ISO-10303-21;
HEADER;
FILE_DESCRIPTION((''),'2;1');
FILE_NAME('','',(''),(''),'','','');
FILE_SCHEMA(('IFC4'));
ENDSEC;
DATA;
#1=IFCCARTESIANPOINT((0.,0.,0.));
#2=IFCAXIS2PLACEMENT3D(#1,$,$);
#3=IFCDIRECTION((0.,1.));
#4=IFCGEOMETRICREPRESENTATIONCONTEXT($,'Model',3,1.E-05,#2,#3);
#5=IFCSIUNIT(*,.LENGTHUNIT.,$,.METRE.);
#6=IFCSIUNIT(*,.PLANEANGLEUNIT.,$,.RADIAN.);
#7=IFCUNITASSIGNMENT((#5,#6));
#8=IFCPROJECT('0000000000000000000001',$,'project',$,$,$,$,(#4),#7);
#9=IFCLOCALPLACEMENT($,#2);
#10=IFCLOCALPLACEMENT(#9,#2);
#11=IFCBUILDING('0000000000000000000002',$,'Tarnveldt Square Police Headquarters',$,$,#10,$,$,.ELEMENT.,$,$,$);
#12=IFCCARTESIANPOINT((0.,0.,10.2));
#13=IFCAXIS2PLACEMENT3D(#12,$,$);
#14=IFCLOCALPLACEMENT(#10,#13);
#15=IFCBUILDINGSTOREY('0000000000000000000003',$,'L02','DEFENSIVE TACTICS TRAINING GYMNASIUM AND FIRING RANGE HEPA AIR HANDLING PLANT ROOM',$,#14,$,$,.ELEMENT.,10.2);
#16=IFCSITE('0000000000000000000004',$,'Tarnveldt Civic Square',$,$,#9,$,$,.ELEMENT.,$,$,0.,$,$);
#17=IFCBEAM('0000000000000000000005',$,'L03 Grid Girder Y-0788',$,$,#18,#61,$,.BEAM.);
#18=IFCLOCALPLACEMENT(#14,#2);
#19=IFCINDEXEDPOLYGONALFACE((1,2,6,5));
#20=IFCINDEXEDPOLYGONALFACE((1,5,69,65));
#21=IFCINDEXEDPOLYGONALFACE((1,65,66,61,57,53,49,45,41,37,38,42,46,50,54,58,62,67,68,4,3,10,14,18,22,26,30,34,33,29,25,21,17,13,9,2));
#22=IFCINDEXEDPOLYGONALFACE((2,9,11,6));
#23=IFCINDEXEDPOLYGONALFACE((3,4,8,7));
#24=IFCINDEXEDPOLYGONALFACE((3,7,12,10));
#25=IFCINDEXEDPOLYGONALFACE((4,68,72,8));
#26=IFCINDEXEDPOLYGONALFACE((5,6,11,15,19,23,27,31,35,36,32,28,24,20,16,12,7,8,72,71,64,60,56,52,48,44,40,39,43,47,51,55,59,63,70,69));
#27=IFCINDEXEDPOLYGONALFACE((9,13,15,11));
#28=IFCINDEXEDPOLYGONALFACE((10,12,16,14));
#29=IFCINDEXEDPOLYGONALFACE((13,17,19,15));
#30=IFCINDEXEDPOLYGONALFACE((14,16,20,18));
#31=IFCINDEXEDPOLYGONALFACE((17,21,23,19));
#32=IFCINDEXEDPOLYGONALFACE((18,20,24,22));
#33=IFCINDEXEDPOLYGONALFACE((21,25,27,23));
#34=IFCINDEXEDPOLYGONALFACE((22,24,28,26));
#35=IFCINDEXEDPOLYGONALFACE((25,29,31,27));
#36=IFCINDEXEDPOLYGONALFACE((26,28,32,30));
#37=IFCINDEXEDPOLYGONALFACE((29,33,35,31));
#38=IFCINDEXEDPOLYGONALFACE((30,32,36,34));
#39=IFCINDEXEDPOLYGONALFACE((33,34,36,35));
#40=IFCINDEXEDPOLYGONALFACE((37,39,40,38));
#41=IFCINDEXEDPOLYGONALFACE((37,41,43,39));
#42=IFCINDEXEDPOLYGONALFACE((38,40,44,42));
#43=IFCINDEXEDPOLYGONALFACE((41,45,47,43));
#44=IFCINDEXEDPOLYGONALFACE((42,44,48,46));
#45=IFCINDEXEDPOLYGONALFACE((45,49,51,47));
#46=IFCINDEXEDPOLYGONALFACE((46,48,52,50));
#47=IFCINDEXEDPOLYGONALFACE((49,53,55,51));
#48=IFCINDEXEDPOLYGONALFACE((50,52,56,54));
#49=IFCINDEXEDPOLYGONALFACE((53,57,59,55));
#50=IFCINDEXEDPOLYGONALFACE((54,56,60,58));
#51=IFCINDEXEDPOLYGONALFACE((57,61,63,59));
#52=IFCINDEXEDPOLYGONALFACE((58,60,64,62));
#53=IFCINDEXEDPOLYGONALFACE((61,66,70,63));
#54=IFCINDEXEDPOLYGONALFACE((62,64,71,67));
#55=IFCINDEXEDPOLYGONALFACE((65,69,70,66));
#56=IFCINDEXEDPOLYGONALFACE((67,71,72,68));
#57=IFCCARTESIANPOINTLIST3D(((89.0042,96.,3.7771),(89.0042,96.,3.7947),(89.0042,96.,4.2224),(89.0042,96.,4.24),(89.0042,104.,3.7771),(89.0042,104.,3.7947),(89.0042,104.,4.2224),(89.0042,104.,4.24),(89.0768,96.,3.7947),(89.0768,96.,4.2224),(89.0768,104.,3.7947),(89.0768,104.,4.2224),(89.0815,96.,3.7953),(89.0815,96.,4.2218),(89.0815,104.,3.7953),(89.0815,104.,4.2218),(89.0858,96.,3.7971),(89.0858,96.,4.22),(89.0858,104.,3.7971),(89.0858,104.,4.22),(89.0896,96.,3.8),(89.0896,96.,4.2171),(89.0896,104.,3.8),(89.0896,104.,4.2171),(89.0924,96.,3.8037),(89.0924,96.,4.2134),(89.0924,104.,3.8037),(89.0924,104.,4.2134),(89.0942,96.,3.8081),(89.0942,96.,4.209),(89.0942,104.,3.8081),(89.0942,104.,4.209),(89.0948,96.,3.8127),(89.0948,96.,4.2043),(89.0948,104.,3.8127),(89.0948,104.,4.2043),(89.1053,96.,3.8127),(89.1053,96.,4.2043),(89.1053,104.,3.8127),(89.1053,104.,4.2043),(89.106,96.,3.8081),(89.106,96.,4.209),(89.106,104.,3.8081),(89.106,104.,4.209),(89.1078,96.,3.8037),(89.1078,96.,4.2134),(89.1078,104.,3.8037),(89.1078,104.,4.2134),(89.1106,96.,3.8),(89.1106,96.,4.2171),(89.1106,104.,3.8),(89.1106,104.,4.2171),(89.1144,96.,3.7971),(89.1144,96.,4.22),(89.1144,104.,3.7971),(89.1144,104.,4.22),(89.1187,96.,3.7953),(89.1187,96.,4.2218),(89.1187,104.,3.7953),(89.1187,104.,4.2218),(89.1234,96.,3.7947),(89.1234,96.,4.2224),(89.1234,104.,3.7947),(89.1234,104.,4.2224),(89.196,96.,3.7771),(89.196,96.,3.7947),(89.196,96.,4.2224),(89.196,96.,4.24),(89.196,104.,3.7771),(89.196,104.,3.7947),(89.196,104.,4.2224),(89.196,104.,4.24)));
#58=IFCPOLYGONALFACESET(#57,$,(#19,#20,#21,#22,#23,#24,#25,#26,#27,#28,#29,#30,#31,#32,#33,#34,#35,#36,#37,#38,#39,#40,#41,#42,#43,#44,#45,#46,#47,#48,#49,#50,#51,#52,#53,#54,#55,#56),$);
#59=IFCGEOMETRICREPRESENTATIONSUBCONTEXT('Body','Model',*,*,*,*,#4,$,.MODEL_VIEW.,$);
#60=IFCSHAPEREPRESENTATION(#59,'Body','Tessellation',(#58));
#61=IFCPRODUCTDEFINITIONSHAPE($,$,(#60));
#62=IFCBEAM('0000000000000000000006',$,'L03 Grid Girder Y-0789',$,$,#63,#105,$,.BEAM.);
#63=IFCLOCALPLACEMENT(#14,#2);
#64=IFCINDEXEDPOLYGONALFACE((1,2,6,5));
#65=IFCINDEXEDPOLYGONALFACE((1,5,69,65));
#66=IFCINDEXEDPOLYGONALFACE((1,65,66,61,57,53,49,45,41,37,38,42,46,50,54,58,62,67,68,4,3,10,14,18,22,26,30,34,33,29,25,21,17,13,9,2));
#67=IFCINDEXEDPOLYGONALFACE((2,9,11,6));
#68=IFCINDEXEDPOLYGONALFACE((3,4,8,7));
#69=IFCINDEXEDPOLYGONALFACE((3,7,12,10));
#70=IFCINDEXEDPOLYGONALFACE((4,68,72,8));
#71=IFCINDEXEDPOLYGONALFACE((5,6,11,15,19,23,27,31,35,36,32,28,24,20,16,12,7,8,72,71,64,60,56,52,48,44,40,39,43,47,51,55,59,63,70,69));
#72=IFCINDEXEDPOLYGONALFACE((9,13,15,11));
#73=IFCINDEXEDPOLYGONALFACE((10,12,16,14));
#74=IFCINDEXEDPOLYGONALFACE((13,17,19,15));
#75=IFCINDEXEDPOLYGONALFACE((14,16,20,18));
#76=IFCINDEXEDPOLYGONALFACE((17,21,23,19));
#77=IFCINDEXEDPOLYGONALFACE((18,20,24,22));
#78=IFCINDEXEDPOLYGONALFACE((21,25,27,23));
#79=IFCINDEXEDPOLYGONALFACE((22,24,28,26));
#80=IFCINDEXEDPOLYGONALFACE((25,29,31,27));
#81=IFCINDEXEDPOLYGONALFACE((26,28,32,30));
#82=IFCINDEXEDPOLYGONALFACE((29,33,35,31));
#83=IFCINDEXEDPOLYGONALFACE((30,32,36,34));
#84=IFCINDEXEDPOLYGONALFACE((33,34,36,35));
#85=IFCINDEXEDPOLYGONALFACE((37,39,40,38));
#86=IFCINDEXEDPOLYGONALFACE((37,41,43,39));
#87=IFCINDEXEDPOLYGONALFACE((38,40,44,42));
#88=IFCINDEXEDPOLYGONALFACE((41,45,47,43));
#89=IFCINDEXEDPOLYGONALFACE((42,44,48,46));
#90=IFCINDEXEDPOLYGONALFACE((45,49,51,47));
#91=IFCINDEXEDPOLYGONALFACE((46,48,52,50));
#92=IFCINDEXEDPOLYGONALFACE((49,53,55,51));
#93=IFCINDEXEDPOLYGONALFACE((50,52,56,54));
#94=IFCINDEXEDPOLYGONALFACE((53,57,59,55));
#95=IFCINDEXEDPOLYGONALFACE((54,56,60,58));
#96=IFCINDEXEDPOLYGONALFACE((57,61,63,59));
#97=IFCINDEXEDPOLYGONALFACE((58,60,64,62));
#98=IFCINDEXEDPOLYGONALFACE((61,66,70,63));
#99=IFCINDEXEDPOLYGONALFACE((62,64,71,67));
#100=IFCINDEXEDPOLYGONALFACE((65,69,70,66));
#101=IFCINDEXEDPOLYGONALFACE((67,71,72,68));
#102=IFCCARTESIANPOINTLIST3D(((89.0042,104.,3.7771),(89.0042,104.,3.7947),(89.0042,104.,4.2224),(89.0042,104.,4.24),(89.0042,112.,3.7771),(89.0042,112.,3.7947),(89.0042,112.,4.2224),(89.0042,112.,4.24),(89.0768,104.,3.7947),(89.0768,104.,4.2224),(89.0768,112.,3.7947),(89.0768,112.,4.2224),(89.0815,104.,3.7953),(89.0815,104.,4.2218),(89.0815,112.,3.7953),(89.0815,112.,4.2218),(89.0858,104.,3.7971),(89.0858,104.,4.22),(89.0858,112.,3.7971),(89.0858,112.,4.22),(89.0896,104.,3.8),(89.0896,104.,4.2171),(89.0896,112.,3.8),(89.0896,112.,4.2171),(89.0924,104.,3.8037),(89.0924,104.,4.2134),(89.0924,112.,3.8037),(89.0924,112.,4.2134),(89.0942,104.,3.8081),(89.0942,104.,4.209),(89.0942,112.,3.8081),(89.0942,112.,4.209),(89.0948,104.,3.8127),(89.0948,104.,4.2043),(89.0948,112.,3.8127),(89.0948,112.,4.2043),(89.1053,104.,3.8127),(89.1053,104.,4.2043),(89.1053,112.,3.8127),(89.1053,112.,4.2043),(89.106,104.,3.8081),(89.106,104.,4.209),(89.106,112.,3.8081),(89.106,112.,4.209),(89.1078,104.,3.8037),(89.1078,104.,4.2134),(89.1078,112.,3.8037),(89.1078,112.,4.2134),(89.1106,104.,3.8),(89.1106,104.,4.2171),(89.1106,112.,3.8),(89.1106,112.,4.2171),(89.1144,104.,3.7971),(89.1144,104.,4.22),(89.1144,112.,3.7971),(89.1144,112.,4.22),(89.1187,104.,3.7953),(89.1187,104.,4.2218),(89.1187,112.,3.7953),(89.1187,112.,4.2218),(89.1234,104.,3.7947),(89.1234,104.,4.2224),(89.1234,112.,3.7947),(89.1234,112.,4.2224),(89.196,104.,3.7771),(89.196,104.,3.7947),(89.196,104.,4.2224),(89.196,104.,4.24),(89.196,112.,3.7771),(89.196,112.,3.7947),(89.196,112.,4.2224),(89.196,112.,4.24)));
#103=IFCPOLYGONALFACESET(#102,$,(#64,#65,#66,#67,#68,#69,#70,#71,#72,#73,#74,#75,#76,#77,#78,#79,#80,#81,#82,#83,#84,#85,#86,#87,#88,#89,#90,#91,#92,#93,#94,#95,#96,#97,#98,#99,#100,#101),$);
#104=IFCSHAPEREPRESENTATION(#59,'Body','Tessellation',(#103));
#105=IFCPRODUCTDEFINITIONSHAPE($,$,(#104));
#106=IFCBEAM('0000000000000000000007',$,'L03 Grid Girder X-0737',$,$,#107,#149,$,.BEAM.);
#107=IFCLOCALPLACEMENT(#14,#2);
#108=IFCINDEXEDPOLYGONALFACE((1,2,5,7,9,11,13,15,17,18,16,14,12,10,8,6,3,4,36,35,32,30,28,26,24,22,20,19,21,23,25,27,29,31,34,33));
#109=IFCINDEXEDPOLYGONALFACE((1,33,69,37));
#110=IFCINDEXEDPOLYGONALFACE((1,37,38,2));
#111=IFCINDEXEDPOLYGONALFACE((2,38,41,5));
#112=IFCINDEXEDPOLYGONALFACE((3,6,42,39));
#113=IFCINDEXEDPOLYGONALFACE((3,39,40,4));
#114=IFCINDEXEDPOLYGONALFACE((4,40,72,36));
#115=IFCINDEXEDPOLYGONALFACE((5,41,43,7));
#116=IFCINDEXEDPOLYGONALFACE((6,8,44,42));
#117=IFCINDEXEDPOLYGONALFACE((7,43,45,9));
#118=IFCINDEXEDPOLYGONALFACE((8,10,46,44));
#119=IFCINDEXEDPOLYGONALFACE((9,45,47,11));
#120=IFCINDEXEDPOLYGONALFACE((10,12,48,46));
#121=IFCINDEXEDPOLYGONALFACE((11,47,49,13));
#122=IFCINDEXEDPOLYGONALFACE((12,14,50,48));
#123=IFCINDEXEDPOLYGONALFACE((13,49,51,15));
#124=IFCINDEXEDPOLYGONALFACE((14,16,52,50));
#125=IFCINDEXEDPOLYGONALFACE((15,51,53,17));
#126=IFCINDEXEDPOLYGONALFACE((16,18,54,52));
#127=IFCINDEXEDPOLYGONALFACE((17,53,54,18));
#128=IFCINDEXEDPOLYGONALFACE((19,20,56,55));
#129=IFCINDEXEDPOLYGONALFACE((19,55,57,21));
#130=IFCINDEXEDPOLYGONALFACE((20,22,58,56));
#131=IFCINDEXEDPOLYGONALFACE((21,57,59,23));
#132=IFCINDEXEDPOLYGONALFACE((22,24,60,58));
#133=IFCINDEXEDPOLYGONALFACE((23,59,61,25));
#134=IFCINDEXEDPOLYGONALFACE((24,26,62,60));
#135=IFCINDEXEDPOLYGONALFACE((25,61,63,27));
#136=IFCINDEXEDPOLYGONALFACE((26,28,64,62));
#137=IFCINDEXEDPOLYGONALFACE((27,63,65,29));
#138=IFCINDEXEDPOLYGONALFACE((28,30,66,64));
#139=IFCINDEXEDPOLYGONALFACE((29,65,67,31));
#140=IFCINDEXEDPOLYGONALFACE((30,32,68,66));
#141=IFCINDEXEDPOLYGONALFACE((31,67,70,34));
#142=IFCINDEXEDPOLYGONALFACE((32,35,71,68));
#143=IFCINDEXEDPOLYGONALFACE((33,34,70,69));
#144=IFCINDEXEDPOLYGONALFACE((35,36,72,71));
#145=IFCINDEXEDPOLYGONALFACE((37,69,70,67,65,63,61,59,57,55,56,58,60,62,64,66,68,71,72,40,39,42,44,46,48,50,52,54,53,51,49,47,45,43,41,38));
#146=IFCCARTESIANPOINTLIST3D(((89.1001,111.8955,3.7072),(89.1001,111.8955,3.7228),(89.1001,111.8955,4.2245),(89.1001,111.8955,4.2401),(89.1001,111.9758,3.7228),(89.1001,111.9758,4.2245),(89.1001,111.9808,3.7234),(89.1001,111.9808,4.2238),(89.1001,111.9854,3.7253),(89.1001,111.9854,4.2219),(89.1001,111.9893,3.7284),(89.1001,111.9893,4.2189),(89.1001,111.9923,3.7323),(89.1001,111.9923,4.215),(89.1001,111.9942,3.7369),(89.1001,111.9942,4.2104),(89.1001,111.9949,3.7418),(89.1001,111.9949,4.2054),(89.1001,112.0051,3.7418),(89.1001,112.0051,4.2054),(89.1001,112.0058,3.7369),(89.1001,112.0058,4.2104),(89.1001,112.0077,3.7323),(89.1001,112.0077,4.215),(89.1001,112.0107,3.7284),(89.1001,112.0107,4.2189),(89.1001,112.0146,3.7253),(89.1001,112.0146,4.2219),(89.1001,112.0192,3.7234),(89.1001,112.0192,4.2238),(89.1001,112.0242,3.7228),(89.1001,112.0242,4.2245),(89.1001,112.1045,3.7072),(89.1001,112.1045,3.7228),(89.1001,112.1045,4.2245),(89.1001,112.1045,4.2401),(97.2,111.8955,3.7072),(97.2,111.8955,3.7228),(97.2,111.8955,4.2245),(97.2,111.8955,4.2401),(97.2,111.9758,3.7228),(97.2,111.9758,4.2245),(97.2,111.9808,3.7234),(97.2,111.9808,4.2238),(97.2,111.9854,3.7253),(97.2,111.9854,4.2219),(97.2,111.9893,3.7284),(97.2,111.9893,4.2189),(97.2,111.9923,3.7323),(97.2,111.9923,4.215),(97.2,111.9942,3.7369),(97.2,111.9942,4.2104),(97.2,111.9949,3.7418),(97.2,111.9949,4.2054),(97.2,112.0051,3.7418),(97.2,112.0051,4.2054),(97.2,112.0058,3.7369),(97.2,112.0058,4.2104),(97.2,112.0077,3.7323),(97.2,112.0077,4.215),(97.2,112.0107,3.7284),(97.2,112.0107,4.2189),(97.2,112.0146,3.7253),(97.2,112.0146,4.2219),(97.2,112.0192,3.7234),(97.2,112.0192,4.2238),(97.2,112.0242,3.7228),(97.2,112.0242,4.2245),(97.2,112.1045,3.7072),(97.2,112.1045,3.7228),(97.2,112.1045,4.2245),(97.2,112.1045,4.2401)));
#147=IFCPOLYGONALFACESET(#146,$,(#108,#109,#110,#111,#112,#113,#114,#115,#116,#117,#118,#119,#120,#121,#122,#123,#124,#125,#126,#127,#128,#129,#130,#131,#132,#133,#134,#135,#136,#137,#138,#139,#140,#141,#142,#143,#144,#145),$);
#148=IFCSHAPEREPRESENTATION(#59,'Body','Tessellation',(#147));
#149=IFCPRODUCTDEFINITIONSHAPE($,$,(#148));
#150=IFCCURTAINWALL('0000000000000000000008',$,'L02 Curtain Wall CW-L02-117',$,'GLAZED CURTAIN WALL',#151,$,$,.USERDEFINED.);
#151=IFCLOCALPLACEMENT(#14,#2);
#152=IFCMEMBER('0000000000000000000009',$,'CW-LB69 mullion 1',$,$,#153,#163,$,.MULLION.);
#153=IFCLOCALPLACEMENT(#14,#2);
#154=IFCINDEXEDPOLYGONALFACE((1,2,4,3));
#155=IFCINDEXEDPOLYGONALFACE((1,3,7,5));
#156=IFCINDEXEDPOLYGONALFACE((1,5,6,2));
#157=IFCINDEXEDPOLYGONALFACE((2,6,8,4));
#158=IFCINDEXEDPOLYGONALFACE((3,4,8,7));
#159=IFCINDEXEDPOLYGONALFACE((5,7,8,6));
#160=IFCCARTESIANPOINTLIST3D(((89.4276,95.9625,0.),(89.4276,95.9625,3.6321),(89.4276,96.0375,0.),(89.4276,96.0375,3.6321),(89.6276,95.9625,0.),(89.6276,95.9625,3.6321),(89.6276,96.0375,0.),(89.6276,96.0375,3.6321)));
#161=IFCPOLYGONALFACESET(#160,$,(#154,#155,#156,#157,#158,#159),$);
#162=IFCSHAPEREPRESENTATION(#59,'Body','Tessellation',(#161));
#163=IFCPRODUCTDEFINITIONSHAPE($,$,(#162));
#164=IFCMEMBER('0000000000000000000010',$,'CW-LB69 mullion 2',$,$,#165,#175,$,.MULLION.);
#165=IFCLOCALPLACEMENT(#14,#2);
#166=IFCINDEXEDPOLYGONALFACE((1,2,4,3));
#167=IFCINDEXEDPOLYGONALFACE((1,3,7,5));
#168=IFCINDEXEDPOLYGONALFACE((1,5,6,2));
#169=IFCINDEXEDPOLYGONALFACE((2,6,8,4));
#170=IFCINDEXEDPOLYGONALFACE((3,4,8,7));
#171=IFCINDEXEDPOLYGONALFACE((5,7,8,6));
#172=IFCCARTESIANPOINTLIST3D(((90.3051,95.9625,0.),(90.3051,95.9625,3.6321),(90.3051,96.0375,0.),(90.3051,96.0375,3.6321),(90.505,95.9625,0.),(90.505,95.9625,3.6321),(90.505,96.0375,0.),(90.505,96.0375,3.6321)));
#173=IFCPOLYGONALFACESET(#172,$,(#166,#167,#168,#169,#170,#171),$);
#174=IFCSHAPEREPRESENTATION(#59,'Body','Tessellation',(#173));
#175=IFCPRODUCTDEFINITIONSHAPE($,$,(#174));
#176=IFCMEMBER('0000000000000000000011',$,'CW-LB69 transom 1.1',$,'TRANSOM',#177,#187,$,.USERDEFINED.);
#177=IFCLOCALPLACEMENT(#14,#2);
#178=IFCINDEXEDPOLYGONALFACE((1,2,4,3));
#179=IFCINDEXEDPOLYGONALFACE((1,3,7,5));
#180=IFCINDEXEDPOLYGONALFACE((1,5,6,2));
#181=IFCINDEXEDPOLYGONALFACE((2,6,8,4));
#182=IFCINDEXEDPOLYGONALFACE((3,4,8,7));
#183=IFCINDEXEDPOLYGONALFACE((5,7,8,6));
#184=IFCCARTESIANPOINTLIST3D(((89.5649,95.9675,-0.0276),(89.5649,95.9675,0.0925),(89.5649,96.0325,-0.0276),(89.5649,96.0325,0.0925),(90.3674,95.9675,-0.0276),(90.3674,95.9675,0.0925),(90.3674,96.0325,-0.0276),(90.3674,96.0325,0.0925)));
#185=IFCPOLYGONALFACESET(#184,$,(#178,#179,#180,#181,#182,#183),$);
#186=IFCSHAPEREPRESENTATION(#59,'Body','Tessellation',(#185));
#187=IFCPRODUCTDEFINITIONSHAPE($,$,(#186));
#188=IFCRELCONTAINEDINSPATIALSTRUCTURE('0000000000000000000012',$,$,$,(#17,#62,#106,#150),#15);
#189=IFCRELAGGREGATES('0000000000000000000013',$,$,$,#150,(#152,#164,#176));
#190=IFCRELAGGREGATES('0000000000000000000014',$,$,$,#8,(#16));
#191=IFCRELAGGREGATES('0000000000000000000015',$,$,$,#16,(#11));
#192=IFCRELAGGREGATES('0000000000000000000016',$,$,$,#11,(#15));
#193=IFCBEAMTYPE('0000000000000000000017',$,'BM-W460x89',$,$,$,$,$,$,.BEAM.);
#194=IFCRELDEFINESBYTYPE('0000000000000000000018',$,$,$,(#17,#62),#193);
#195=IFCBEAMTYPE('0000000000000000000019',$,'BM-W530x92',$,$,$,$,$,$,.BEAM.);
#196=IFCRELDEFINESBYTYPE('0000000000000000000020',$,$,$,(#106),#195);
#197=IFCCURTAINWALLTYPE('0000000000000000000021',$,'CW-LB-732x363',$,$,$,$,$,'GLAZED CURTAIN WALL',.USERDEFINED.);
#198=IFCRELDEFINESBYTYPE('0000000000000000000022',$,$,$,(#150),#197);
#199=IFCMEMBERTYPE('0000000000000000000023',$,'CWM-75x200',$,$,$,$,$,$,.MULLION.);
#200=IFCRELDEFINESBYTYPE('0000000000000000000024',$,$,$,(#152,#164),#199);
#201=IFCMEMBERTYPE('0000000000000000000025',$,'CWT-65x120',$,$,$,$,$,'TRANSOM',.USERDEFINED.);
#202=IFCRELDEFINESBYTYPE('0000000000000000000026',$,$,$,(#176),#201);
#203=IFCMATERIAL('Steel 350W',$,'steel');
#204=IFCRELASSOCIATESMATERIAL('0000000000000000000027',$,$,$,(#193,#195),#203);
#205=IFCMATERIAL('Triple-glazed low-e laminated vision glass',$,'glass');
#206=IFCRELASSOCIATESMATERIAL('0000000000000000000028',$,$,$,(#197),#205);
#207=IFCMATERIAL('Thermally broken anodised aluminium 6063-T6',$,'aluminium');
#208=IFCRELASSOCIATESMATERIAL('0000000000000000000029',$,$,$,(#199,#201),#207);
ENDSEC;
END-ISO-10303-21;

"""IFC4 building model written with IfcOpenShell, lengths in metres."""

from ifc_helpers import new_model, si_unit, direction, frame, origin, origin_2d, place, context, subcontext, project, spatial, rectangle, i_section, extrude, material, material_profile, profile_set, type_object, element, aggregate, save


model = new_model("IFC4")

# Units and contexts
model_context = context("Model", 3, precision=1e-05, world=origin(), true_north=direction((0.0, 1.0)))
body_context = subcontext(model_context, "Body", "Model", "MODEL_VIEW")
ifc_project = project(units=[si_unit("LENGTHUNIT", "METRE"), si_unit("PLANEANGLEUNIT", "RADIAN")], contexts=[model_context])

# Site, building, storey
site_placement = place(None, origin())
site = spatial("IfcSite", under=ifc_project, at=site_placement, Name="Tarnveldt Civic Square", CompositionType="ELEMENT", RefElevation=0.0)
building_placement = place(site_placement, origin())
building = spatial("IfcBuilding", under=site, at=building_placement, Name="Tarnveldt Square Police Headquarters", CompositionType="ELEMENT")
storey_placement = place(building_placement, frame((0.0, 0.0, 10.2)))
storey = spatial("IfcBuildingStorey", under=building, at=storey_placement, Name="L02", Description="DEFENSIVE TACTICS TRAINING GYMNASIUM AND FIRING RANGE HEPA AIR HANDLING PLANT ROOM", CompositionType="ELEMENT", Elevation=10.2)

# Beams
ifc_material_1 = material(Name="Steel 350W", Category="steel")
ifc_material_profile_1 = material_profile(ifc_material_1, i_section(OverallWidth=0.1919, OverallDepth=0.4629, WebThickness=0.0105, FlangeThickness=0.0176, FilletRadius=0.0181, at=origin_2d()), Name="W460x89")
ifc_profile_set_1 = profile_set([ifc_material_profile_1], Name="Steel 350W")
beam_type_1 = type_object("IfcBeamType", Name="BM-W460x89", PredefinedType="BEAM", material=ifc_profile_set_1)
for number, where, z_axis, x_axis, name in (
    (1, (89.1001, 96.0, 4.0085), (0.0, 1.0, 0.0), (-1.0, 0.0, 0.0), "L03 Grid Girder Y-0788"),
    (2, (89.1001, 104.0, 4.0085), (0.0, 1.0, 0.0), (-1.0, 0.0, 0.0), "L03 Grid Girder Y-0789"),
):
    element("IfcBeam", number, at=place(storey_placement, frame(where, z_axis=z_axis, x_axis=x_axis)), inside=storey, type_object=beam_type_1, Name=name, PredefinedType="BEAM", context=body_context, shape_type="SweptSolid", body=[
        extrude(i_section(OverallWidth=0.1919, OverallDepth=0.4629, WebThickness=0.0105, FlangeThickness=0.0176, FilletRadius=0.0181, at=origin_2d()), origin(), (0.0, 0.0, 1.0), 8.0),
    ])
ifc_material_profile_2 = material_profile(ifc_material_1, i_section(OverallWidth=0.209, OverallDepth=0.533, WebThickness=0.0103, FlangeThickness=0.0156, FilletRadius=0.019, at=origin_2d()), Name="W530x92")
ifc_profile_set_2 = profile_set([ifc_material_profile_2], Name="Steel 350W")
beam_type_2 = type_object("IfcBeamType", Name="BM-W530x92", PredefinedType="BEAM", material=ifc_profile_set_2)
beam_1_placement = place(storey_placement, frame((89.1001, 112.0, 3.9736), z_axis=(1.0, 0.0, 0.0), x_axis=(0.0, 1.0, 0.0)))
element("IfcBeam", 3, at=beam_1_placement, inside=storey, type_object=beam_type_2, Name="L03 Grid Girder X-0737", PredefinedType="BEAM", context=body_context, shape_type="SweptSolid", body=[
    extrude(i_section(OverallWidth=0.209, OverallDepth=0.533, WebThickness=0.0103, FlangeThickness=0.0156, FilletRadius=0.019, at=origin_2d()), origin(), (0.0, 0.0, 1.0), 8.0999),
])

# Curtain wall, members
ifc_material_2 = material(Name="Triple-glazed low-e laminated vision glass", Category="glass")
curtain_wall_type = type_object("IfcCurtainWallType", Name="CW-LB-732x363", ElementType="GLAZED CURTAIN WALL", PredefinedType="USERDEFINED", material=ifc_material_2)
curtain_wall_placement = place(storey_placement, origin())
curtain_wall = element("IfcCurtainWall", 4, at=curtain_wall_placement, inside=storey, type_object=curtain_wall_type, Name="L02 Curtain Wall CW-L02-117", ObjectType="GLAZED CURTAIN WALL", PredefinedType="USERDEFINED")
ifc_material_3 = material(Name="Thermally broken anodised aluminium 6063-T6", Category="aluminium")
ifc_material_profile_3 = material_profile(ifc_material_3, rectangle(XDim=0.075, YDim=0.2, at=origin_2d()), Name="CW-M75x200")
ifc_profile_set_3 = profile_set([ifc_material_profile_3], Name="Thermally broken anodised aluminium 6063-T6")
member_type_1 = type_object("IfcMemberType", Name="CWM-75x200", PredefinedType="MULLION", material=ifc_profile_set_3)
member_1_placement = place(storey_placement, frame((89.5276, 96.0, 0.0), z_axis=(0.0, 0.0, 1.0), x_axis=(0.0, 1.0, 0.0)))
member_1 = element("IfcMember", 5, at=member_1_placement, type_object=member_type_1, Name="CW-LB69 mullion 1", PredefinedType="MULLION", context=body_context, shape_type="SweptSolid", body=[
    extrude(rectangle(XDim=0.075, YDim=0.2, at=origin_2d()), origin(), (0.0, 0.0, 1.0), 3.6321),
])
member_2_placement = place(storey_placement, frame((90.405, 96.0, 0.0), z_axis=(0.0, 0.0, 1.0), x_axis=(0.0, 1.0, 0.0)))
member_2 = element("IfcMember", 6, at=member_2_placement, type_object=member_type_1, Name="CW-LB69 mullion 2", PredefinedType="MULLION", context=body_context, shape_type="SweptSolid", body=[
    extrude(rectangle(XDim=0.075, YDim=0.2, at=origin_2d()), origin(), (0.0, 0.0, 1.0), 3.6321),
])
ifc_material_profile_4 = material_profile(ifc_material_3, rectangle(XDim=0.0649, YDim=0.1201, at=origin_2d()), Name="CW-T65x120")
ifc_profile_set_4 = profile_set([ifc_material_profile_4], Name="Thermally broken anodised aluminium 6063-T6")
member_type_2 = type_object("IfcMemberType", Name="CWT-65x120", ElementType="TRANSOM", PredefinedType="USERDEFINED", material=ifc_profile_set_4)
member_3_placement = place(storey_placement, frame((89.5649, 96.0, 0.0325), z_axis=(1.0, 0.0, 0.0), x_axis=(0.0, 1.0, 0.0)))
member_3 = element("IfcMember", 7, at=member_3_placement, type_object=member_type_2, Name="CW-LB69 transom 1.1", ObjectType="TRANSOM", PredefinedType="USERDEFINED", context=body_context, shape_type="SweptSolid", body=[
    extrude(rectangle(XDim=0.0649, YDim=0.1201, at=origin_2d()), origin(), (0.0, 0.0, 1.0), 0.8025),
])
aggregate(curtain_wall, [member_1, member_2, member_3])

save(model, "model.ifc")
